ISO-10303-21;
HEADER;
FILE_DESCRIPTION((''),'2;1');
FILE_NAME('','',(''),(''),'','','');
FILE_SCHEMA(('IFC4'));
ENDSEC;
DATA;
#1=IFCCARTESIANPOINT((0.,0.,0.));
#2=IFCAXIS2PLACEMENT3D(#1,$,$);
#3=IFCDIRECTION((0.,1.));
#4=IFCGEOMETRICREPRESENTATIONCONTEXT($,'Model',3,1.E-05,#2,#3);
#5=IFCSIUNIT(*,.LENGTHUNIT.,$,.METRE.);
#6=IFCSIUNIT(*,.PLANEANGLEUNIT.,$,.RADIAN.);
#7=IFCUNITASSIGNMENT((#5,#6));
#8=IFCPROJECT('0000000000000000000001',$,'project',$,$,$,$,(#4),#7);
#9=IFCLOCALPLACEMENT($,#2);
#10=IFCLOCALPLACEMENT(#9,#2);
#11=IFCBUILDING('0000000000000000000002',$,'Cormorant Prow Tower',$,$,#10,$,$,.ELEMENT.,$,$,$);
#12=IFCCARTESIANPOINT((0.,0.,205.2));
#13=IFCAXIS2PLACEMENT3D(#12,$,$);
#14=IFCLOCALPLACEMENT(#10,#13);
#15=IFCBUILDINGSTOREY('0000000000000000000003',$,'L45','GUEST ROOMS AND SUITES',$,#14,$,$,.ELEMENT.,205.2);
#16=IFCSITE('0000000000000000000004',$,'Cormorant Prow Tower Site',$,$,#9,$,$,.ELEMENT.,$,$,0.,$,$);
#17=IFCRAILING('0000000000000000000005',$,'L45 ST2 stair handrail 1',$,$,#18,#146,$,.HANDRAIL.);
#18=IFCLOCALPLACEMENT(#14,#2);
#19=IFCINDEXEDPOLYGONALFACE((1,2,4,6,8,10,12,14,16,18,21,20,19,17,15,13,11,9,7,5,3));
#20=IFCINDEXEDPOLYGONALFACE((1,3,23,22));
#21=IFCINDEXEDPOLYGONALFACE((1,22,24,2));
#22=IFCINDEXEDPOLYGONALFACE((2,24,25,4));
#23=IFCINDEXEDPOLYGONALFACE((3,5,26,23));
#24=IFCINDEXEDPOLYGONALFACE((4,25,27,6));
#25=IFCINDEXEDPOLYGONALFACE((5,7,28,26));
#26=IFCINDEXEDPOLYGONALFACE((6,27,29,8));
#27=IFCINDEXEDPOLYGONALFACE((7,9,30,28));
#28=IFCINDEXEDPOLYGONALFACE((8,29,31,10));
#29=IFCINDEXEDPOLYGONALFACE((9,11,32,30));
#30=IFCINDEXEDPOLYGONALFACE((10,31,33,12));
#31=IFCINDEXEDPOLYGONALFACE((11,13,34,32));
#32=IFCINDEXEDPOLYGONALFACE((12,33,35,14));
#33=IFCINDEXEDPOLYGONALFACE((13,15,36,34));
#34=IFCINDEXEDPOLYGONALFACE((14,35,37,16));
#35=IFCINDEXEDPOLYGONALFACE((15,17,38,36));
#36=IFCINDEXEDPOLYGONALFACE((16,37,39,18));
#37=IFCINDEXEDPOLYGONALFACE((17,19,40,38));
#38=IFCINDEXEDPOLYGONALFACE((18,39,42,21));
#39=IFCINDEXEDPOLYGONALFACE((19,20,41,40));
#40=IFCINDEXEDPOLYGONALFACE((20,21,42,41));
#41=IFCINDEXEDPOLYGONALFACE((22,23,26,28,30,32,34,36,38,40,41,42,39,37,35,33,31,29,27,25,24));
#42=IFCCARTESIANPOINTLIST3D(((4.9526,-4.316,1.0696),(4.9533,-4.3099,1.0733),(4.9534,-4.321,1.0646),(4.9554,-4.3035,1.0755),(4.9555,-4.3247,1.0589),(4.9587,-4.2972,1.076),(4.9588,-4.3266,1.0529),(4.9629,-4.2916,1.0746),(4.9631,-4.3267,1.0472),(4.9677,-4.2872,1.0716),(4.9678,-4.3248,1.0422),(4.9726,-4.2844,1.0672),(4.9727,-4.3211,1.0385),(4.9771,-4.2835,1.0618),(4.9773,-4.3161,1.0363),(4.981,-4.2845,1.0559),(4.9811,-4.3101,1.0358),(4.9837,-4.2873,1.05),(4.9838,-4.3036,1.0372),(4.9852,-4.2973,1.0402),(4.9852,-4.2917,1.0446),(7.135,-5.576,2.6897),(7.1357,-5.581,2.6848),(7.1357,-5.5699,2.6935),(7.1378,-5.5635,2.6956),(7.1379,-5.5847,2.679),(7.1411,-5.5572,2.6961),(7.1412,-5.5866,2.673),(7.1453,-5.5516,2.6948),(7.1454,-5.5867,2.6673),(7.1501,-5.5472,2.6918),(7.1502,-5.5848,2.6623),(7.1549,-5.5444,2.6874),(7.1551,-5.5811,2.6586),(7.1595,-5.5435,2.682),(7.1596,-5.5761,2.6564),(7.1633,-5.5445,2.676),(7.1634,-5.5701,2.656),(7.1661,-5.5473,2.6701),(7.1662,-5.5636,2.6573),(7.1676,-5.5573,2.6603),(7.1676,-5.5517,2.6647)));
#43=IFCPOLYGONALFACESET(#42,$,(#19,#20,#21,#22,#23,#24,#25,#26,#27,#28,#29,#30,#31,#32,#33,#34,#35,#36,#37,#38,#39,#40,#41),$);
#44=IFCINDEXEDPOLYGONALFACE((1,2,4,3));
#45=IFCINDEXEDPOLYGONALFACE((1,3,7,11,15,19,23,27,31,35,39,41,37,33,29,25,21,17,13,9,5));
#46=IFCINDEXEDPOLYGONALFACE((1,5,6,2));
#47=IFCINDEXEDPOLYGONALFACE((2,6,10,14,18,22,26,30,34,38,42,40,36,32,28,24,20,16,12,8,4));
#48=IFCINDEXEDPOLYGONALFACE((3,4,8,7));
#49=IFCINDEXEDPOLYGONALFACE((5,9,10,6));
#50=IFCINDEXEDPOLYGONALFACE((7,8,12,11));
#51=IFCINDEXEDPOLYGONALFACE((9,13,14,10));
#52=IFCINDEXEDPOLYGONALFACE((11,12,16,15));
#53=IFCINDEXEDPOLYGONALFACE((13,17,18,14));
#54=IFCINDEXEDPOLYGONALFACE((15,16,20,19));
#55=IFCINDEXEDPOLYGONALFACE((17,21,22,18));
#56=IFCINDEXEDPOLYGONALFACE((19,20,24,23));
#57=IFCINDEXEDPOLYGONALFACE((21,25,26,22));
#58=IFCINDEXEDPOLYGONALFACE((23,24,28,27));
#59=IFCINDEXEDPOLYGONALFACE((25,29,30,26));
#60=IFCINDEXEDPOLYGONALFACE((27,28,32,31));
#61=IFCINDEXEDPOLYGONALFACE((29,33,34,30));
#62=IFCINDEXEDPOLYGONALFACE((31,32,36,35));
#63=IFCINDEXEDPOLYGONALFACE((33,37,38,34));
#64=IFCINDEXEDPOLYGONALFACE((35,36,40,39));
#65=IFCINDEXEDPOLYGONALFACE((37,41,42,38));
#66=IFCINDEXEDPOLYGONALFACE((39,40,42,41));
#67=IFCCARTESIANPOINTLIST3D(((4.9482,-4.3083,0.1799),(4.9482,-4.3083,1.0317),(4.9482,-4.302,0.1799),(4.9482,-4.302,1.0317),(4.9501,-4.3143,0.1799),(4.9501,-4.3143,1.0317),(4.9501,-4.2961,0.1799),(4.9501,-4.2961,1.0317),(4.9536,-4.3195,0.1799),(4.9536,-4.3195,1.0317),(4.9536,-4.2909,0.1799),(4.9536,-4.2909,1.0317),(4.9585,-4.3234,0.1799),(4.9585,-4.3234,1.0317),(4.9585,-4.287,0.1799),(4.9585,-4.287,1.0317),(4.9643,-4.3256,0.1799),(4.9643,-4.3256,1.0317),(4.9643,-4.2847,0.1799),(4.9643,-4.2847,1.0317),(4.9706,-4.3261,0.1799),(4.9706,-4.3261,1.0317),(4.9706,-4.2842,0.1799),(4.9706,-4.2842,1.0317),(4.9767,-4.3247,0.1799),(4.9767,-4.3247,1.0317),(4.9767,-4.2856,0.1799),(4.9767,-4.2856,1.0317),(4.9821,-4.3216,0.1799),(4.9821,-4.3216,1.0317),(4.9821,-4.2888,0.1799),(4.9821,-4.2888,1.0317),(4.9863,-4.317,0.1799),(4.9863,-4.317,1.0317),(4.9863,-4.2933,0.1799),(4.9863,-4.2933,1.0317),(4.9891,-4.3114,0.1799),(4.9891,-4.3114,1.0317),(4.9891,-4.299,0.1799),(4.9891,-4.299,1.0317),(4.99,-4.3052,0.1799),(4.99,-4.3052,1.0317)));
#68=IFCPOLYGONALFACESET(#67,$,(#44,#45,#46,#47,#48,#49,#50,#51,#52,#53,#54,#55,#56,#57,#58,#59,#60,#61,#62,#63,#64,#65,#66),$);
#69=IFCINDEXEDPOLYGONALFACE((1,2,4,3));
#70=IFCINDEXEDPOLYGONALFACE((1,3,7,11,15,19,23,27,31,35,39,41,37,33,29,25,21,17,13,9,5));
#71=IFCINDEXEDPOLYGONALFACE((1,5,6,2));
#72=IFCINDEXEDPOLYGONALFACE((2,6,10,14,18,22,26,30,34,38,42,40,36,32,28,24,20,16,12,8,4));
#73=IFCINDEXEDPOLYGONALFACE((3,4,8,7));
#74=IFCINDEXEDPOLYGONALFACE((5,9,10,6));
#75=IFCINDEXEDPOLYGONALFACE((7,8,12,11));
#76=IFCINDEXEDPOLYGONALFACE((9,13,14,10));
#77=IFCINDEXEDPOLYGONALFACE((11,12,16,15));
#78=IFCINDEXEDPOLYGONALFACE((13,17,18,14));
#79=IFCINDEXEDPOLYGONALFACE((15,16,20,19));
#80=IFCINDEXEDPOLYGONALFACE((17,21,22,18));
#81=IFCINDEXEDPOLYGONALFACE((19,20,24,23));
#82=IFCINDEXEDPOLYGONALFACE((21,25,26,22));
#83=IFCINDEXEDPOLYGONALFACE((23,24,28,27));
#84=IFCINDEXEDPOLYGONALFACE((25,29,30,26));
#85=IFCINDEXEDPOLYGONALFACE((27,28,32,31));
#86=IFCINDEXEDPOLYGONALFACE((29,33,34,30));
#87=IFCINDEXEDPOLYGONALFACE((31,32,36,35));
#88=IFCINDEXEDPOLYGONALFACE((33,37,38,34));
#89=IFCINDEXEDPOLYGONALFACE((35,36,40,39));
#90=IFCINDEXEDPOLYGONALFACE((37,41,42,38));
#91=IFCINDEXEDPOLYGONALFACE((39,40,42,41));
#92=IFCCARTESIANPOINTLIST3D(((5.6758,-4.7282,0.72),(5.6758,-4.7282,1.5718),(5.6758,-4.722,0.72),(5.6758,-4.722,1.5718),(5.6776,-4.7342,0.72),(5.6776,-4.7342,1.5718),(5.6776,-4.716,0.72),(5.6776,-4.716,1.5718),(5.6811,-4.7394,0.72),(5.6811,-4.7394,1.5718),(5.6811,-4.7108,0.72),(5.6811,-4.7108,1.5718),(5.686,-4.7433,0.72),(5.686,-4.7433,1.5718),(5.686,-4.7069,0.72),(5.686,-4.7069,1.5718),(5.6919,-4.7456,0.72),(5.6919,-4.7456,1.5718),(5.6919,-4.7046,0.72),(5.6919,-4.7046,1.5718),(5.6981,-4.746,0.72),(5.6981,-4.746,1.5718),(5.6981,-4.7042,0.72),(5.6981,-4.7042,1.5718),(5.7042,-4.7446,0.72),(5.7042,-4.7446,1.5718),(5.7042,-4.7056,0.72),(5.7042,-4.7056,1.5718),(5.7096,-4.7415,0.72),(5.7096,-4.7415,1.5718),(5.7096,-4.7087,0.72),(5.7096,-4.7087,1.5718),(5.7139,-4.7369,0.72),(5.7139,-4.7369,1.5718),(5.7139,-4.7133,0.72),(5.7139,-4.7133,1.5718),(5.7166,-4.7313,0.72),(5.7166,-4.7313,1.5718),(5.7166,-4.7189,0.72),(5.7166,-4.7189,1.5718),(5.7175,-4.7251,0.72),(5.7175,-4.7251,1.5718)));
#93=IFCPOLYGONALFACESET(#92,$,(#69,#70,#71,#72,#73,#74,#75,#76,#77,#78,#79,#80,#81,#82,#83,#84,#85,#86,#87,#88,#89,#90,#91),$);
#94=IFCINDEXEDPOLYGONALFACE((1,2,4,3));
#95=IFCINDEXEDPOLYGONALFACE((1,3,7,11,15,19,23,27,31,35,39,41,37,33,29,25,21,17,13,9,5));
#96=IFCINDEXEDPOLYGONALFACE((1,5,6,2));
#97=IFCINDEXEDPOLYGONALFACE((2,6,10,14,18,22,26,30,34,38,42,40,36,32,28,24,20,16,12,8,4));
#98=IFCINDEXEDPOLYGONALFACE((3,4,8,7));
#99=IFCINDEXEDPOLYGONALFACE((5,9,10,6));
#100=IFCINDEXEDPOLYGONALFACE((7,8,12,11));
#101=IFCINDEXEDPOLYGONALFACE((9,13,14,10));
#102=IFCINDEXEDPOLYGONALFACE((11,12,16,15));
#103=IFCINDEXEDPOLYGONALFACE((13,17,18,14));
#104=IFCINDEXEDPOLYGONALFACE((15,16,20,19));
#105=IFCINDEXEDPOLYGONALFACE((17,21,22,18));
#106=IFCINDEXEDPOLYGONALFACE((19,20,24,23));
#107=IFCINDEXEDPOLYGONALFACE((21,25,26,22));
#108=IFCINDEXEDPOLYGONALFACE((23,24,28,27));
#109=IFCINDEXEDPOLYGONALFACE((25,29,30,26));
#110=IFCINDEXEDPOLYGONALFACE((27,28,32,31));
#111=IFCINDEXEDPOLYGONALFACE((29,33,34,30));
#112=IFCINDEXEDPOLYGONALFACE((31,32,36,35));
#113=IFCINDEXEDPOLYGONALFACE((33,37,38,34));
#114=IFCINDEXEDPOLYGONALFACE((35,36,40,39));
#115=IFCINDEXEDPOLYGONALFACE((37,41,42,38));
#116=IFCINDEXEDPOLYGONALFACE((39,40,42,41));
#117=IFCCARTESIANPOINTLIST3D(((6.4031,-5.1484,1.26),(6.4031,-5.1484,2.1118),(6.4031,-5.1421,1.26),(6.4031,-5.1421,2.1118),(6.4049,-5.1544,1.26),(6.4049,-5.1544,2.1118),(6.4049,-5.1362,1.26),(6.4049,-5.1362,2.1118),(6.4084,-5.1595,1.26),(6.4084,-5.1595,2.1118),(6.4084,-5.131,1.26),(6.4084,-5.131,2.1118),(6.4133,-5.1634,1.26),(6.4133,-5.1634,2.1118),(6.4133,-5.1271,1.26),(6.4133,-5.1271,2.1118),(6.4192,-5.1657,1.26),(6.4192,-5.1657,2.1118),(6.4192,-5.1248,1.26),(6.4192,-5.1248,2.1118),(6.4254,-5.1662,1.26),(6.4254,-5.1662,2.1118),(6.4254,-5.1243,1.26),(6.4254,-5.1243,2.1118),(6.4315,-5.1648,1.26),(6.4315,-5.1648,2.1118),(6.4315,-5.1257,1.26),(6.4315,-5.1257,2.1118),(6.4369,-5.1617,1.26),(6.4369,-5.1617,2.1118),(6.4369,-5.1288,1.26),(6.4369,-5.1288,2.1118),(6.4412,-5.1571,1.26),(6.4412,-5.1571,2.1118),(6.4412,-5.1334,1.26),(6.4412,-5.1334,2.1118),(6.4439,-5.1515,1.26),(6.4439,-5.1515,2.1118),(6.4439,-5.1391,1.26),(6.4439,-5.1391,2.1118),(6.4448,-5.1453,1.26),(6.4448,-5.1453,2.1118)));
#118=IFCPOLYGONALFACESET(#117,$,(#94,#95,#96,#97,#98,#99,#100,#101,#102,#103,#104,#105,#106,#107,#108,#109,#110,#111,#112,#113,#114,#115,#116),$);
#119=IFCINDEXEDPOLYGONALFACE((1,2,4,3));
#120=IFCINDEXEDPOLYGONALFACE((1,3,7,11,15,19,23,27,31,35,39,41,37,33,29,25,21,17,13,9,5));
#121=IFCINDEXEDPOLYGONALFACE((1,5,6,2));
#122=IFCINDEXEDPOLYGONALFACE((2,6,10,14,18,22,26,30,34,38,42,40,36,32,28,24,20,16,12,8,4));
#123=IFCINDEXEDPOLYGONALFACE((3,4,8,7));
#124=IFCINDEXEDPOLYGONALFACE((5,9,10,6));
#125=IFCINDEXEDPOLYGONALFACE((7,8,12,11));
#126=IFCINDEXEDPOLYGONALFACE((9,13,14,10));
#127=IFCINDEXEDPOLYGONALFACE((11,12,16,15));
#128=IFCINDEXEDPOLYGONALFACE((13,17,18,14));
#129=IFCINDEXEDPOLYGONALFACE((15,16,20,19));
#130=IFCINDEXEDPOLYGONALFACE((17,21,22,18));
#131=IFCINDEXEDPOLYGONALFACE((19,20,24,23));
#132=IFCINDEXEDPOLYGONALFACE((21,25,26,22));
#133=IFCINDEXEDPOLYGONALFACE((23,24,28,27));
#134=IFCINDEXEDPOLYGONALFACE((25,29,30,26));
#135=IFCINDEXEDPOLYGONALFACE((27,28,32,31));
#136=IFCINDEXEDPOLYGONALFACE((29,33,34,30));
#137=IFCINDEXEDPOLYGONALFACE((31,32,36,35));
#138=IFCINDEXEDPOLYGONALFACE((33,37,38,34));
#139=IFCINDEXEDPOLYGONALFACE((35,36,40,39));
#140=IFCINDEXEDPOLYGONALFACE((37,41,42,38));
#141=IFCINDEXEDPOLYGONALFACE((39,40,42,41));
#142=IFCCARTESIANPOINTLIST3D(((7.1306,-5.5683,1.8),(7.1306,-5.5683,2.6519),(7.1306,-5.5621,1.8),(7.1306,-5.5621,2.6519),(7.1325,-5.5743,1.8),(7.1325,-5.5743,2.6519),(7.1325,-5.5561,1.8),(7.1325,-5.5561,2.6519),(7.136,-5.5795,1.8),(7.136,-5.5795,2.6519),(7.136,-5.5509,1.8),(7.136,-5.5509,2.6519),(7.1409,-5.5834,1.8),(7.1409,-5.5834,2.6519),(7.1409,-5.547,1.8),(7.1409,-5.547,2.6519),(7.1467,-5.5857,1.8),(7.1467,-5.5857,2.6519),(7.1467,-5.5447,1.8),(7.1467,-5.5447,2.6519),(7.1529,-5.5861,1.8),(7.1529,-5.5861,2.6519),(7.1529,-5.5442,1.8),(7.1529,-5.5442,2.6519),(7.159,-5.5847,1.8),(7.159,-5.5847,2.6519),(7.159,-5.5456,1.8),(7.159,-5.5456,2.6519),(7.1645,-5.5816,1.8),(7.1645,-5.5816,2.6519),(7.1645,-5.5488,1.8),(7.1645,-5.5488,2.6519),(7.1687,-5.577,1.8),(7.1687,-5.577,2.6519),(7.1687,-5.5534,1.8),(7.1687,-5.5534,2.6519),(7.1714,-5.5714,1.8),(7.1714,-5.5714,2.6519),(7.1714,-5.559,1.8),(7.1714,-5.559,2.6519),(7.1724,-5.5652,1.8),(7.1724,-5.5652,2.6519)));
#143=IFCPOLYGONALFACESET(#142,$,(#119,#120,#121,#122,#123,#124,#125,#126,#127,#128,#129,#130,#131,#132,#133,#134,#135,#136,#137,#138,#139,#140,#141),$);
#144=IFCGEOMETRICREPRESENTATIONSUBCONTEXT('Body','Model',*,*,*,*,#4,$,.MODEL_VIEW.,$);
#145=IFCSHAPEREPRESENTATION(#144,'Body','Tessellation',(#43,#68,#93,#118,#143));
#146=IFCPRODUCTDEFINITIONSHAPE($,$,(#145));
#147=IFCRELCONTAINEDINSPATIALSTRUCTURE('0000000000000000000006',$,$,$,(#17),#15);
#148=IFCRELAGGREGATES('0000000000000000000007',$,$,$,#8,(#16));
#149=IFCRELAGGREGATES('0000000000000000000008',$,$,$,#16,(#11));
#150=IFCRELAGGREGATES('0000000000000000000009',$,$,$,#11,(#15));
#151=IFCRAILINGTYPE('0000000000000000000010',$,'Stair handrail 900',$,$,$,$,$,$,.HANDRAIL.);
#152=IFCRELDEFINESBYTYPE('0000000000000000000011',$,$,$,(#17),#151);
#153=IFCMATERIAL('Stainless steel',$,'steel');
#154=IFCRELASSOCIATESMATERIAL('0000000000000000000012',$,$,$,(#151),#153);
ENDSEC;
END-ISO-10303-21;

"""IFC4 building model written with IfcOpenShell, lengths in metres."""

from ifc_helpers import new_model, si_unit, direction, frame, origin, origin_2d, place, context, subcontext, project, spatial, circle, extrude, material, type_object, element, save


model = new_model("IFC4")

# Units and contexts
model_context = context("Model", 3, precision=1e-05, world=origin(), true_north=direction((0.0, 1.0)))
body_context = subcontext(model_context, "Body", "Model", "MODEL_VIEW")
ifc_project = project(units=[si_unit("LENGTHUNIT", "METRE"), si_unit("PLANEANGLEUNIT", "RADIAN")], contexts=[model_context])

# Site, building, storey
site_placement = place(None, origin())
site = spatial("IfcSite", under=ifc_project, at=site_placement, Name="Cormorant Prow Tower Site", CompositionType="ELEMENT", RefElevation=0.0)
building_placement = place(site_placement, origin())
building = spatial("IfcBuilding", under=site, at=building_placement, Name="Cormorant Prow Tower", CompositionType="ELEMENT")
storey_placement = place(building_placement, frame((0.0, 0.0, 205.2)))
storey = spatial("IfcBuildingStorey", under=building, at=storey_placement, Name="L45", Description="GUEST ROOMS AND SUITES", CompositionType="ELEMENT", Elevation=205.2)

# Railing
ifc_material_1 = material(Name="Stainless steel", Category="steel")
railing_type_1 = type_object("IfcRailingType", Name="Stair handrail 900", PredefinedType="HANDRAIL", material=ifc_material_1)
railing_1_placement = place(storey_placement, frame((4.969, -4.3052, 0.1799)))
element("IfcRailing", 1, at=railing_1_placement, inside=storey, type_object=railing_type_1, Name="L45 ST2 stair handrail 1", PredefinedType="HANDRAIL", context=body_context, shape_type="SweptSolid", body=[
    extrude(circle(Radius=0.0239, at=origin_2d()), frame((0.0, 0.0, 0.876), z_axis=(0.728464, -0.420584, 0.540786), x_axis=(0.500005, 0.866023, 0.0)), (0.0, 0.0, 1.0), 2.9958),
    extrude(circle(Radius=0.021, at=origin_2d()), origin(), (0.0, 0.0, 1.0), 0.8518),
    extrude(circle(Radius=0.021, at=origin_2d()), frame((0.7275, -0.4199, 0.54)), (0.0, 0.0, 1.0), 0.8518),
    extrude(circle(Radius=0.021, at=origin_2d()), frame((1.4548, -0.8401, 1.0801)), (0.0, 0.0, 1.0), 0.8518),
    extrude(circle(Radius=0.021, at=origin_2d()), frame((2.1824, -1.26, 1.6201)), (0.0, 0.0, 1.0), 0.8518),
])

save(model, "model.ifc")
